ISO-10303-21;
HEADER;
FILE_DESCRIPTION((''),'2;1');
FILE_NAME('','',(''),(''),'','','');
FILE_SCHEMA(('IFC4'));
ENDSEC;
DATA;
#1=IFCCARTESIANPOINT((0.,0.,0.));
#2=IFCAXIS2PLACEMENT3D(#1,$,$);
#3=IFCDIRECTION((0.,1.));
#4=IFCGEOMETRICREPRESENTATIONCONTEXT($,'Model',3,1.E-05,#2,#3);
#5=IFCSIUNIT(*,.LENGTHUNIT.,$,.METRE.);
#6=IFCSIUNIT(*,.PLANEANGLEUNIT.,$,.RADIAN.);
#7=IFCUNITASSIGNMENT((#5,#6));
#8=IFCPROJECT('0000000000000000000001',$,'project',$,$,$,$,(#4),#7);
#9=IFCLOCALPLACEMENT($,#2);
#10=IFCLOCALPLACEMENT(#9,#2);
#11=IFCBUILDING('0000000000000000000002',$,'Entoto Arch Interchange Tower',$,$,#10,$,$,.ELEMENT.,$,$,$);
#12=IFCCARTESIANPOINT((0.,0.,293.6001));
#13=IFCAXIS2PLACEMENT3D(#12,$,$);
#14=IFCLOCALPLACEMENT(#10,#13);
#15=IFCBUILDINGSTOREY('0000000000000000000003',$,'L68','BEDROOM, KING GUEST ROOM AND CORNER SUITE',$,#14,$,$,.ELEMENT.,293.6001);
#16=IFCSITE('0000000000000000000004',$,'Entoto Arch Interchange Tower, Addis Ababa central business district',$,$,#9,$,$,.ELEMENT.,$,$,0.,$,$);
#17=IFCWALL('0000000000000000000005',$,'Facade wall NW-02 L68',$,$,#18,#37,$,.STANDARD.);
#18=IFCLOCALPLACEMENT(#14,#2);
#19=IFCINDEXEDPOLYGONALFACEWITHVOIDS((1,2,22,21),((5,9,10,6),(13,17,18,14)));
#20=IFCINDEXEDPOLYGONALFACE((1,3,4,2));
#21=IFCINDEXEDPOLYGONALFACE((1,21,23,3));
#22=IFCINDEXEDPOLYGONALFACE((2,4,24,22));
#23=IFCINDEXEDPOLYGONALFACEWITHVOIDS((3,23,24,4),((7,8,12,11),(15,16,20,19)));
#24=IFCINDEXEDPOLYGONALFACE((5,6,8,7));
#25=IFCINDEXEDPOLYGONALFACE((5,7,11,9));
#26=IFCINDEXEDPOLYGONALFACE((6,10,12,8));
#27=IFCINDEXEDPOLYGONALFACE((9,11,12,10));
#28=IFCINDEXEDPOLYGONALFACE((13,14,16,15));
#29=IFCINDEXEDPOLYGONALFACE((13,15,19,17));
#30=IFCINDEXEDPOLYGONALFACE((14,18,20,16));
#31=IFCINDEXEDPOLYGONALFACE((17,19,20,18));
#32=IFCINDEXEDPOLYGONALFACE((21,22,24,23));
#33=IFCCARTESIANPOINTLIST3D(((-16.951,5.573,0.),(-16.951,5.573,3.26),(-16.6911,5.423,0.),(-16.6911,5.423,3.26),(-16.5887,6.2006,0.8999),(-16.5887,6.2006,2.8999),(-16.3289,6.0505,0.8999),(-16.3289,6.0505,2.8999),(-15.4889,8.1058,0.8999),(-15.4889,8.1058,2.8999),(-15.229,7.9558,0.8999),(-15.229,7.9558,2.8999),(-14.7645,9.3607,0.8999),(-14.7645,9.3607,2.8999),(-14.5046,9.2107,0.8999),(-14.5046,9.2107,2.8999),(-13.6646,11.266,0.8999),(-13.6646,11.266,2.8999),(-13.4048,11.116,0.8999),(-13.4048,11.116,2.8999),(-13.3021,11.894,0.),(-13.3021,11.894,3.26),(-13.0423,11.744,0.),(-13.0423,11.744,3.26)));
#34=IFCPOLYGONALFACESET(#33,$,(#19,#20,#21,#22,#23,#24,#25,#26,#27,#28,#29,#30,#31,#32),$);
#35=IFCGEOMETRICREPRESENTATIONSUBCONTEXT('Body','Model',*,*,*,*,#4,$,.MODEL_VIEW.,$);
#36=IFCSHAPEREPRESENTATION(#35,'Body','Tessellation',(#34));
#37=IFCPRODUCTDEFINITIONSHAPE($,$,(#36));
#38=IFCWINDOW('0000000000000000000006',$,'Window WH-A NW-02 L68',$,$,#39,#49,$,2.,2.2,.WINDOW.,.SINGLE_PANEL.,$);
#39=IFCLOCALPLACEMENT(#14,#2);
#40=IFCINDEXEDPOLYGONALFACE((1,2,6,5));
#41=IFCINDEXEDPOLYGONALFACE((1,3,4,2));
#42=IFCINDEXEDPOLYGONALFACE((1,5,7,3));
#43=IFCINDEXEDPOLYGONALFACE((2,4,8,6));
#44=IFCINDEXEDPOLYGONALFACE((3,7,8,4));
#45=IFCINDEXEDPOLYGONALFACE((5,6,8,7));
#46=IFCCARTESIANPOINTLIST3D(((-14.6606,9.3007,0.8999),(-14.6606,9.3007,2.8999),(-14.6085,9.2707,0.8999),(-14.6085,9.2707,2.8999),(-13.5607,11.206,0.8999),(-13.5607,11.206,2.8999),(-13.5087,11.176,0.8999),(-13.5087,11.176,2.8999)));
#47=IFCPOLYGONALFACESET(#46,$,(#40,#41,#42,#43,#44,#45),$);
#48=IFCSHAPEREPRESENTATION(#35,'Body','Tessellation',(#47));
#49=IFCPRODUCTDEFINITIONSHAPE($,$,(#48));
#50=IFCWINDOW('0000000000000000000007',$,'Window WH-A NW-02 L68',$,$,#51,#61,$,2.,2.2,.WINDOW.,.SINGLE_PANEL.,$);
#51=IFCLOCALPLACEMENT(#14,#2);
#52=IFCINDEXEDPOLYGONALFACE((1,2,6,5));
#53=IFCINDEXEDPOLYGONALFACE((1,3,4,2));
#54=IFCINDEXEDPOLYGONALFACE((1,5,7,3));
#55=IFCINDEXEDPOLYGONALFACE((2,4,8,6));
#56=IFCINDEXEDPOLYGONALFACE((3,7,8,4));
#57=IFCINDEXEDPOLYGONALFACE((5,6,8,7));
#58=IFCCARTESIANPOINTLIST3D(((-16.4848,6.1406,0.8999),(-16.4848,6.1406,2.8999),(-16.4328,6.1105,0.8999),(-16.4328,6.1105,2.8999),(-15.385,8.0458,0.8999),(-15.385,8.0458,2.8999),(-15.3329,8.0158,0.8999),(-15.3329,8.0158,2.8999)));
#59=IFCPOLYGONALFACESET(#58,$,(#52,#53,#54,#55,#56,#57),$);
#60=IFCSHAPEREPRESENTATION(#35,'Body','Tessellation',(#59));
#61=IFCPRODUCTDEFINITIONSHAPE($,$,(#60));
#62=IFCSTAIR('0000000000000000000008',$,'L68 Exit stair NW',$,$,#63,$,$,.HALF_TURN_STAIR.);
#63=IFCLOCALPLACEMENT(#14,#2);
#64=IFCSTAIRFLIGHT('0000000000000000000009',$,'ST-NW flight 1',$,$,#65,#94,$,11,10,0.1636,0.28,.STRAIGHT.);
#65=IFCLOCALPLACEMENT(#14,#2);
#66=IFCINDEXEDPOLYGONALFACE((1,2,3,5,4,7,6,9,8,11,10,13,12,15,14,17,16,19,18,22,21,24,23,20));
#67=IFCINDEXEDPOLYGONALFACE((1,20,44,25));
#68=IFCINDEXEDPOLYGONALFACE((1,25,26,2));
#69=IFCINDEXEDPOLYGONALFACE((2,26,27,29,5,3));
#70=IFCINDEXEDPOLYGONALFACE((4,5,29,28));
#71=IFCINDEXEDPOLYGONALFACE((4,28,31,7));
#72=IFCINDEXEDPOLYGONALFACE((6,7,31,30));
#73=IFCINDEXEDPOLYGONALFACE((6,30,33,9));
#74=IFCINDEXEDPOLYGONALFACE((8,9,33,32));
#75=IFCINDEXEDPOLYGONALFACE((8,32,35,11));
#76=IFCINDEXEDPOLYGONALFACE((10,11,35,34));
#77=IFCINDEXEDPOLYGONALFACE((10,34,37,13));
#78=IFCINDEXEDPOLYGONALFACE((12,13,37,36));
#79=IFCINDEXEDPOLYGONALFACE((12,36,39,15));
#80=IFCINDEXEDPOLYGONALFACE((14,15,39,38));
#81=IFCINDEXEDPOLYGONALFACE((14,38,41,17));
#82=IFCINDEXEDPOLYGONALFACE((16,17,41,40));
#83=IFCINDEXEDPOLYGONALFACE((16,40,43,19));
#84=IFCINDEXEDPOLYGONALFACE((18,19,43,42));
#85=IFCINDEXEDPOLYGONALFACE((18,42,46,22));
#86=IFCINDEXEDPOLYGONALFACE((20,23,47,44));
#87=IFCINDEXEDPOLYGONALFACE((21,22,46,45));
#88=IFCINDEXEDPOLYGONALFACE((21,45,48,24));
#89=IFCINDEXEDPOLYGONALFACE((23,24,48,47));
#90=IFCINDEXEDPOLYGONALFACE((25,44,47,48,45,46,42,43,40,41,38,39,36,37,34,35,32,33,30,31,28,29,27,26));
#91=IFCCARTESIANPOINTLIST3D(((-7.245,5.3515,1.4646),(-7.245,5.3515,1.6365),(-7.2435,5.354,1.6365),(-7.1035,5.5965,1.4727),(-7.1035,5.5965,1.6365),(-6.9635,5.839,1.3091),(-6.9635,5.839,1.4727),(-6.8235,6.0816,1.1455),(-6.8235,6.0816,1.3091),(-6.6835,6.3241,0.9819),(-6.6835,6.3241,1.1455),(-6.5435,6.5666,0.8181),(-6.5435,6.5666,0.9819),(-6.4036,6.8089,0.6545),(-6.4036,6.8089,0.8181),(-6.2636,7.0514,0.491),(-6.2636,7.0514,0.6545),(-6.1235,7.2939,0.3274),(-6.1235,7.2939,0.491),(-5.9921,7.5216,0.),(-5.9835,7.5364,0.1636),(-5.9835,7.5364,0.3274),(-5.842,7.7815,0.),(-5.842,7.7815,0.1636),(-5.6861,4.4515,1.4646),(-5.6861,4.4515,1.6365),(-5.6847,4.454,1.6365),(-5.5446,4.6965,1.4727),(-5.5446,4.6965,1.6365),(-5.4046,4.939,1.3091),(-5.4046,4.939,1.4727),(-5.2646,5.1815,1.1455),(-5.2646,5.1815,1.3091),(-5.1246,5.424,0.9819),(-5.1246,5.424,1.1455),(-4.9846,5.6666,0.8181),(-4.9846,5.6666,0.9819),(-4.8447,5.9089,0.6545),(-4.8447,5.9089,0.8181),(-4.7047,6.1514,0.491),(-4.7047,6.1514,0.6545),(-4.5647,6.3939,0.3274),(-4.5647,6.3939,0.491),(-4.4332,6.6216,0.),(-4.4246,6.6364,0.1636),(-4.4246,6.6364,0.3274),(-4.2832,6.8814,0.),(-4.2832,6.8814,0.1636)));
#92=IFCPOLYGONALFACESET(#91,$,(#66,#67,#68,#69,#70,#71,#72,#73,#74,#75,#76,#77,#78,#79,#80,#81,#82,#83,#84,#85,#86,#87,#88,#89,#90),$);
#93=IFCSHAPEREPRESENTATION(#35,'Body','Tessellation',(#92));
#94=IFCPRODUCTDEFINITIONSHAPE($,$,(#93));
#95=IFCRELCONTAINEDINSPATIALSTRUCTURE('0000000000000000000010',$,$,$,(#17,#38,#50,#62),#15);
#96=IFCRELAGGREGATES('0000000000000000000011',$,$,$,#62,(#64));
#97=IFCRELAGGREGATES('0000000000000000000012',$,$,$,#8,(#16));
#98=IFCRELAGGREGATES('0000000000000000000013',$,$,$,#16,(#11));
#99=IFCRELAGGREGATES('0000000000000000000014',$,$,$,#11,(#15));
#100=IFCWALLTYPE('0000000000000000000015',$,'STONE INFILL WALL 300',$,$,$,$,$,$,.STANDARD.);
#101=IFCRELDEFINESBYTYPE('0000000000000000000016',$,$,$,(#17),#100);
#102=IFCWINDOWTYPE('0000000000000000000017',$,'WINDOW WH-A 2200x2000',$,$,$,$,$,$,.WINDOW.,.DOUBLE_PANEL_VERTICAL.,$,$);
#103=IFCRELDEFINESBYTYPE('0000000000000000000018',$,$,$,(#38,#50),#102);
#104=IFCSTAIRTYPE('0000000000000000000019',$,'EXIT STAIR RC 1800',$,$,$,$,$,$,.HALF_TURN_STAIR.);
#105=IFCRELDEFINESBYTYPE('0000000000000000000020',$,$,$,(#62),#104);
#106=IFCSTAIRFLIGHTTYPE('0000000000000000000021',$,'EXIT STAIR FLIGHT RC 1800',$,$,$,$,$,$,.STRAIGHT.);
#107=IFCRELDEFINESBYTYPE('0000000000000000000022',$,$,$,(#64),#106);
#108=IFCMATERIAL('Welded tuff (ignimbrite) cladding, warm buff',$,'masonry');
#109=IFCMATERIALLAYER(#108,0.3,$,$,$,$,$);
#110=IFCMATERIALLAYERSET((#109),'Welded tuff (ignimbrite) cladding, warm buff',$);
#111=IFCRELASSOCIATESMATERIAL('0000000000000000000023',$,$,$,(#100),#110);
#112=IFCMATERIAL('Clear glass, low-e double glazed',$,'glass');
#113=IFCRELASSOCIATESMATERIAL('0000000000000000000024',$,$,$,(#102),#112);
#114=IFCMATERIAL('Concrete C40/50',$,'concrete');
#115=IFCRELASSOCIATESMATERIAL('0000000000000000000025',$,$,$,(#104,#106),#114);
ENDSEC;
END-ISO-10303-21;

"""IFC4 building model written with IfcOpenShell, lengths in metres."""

from ifc_helpers import new_model, si_unit, direction, frame, frame_2d, origin, place, context, subcontext, project, spatial, polyline, rectangle, outline, extrude, material, layer, layer_set, type_object, element, fill, aggregate, save


model = new_model("IFC4")

# Units and contexts
model_context = context("Model", 3, precision=1e-05, world=origin(), true_north=direction((0.0, 1.0)))
body_context = subcontext(model_context, "Body", "Model", "MODEL_VIEW")
ifc_project = project(units=[si_unit("LENGTHUNIT", "METRE"), si_unit("PLANEANGLEUNIT", "RADIAN")], contexts=[model_context])

# Site, building, storey
site_placement = place(None, origin())
site = spatial("IfcSite", under=ifc_project, at=site_placement, Name="Entoto Arch Interchange Tower, Addis Ababa central business district", CompositionType="ELEMENT", RefElevation=0.0)
building_placement = place(site_placement, origin())
building = spatial("IfcBuilding", under=site, at=building_placement, Name="Entoto Arch Interchange Tower", CompositionType="ELEMENT")
storey_placement = place(building_placement, frame((0.0, 0.0, 293.6001)))
storey = spatial("IfcBuildingStorey", under=building, at=storey_placement, Name="L68", Description="BEDROOM, KING GUEST ROOM AND CORNER SUITE", CompositionType="ELEMENT", Elevation=293.6001)

# Shared definitions
ifc_material_1 = material(Name="Concrete C40/50", Category="concrete")

# Wall, openings, windows
ifc_material_2 = material(Name="Welded tuff (ignimbrite) cladding, warm buff", Category="masonry")
ifc_layer_1 = layer(ifc_material_2, 0.3)
ifc_layer_set_1 = layer_set([ifc_layer_1], Name="Welded tuff (ignimbrite) cladding, warm buff")
wall_type_1 = type_object("IfcWallType", Name="STONE INFILL WALL 300", PredefinedType="STANDARD", material=ifc_layer_set_1)
wall_1_placement = place(storey_placement, frame((-13.1721, 11.8191, 0.0), z_axis=(0.0, 0.0, 1.0), x_axis=(-0.499945, -0.866057, 0.0)))
wall_1 = element("IfcWall", 1, at=wall_1_placement, inside=storey, type_object=wall_type_1, Name="Facade wall NW-02 L68", PredefinedType="STANDARD", context=body_context, shape_type="SweptSolid", body=[
    extrude(rectangle(XDim=7.2986, YDim=0.3, at=frame_2d((3.6494, 0.0))), origin(), (0.0, 0.0, 1.0), 3.26),
])
opening_1_placement = place(wall_1_placement, frame((0.7251, 0.0, 0.8999)))
opening_1 = element("IfcOpeningElement", 2, at=opening_1_placement, cuts=wall_1, PredefinedType="OPENING", context=body_context, shape_type="SweptSolid", body=[
    extrude(rectangle(XDim=2.2, YDim=2.0, at=frame_2d((1.1001, 1.0))), frame((0.0, 0.1602, 0.0), z_axis=(0.0, -1.0, 0.0), x_axis=(1.0, 0.0, 0.0)), (0.0, 0.0, 1.0), 0.3201),
])
opening_2_placement = place(wall_1_placement, frame((4.374, 0.0, 0.8999)))
opening_2 = element("IfcOpeningElement", 3, at=opening_2_placement, cuts=wall_1, PredefinedType="OPENING", context=body_context, shape_type="SweptSolid", body=[
    extrude(rectangle(XDim=2.2, YDim=2.0, at=frame_2d((1.1001, 1.0))), frame((0.0, 0.1602, 0.0), z_axis=(0.0, -1.0, 0.0), x_axis=(1.0, 0.0, 0.0)), (0.0, 0.0, 1.0), 0.3201),
])
ifc_material_3 = material(Name="Clear glass, low-e double glazed", Category="glass")
window_type = type_object("IfcWindowType", Name="WINDOW WH-A 2200x2000", PartitioningType="DOUBLE_PANEL_VERTICAL", PredefinedType="WINDOW", material=ifc_material_3)
window_1_placement = place(opening_1_placement, origin())
window_1 = element("IfcWindow", 4, at=window_1_placement, inside=storey, type_object=window_type, Name="Window WH-A NW-02 L68", OverallHeight=2.0, OverallWidth=2.2, PartitioningType="SINGLE_PANEL", PredefinedType="WINDOW", context=body_context, shape_type="SweptSolid", body=[
    extrude(rectangle(XDim=2.2, YDim=2.0, at=frame_2d((1.1001, 1.0))), frame((0.0, 0.03, 0.0), z_axis=(0.0, -1.0, 0.0), x_axis=(1.0, 0.0, 0.0)), (0.0, 0.0, 1.0), 0.0601),
])
fill(opening_1, window_1)
window_2_placement = place(opening_2_placement, origin())
window_2 = element("IfcWindow", 5, at=window_2_placement, inside=storey, type_object=window_type, Name="Window WH-A NW-02 L68", OverallHeight=2.0, OverallWidth=2.2, PartitioningType="SINGLE_PANEL", PredefinedType="WINDOW", context=body_context, shape_type="SweptSolid", body=[
    extrude(rectangle(XDim=2.2, YDim=2.0, at=frame_2d((1.1001, 1.0))), frame((0.0, 0.03, 0.0), z_axis=(0.0, -1.0, 0.0), x_axis=(1.0, 0.0, 0.0)), (0.0, 0.0, 1.0), 0.0601),
])
fill(opening_2, window_2)

# Stair, stair flight
stair_type = type_object("IfcStairType", Name="EXIT STAIR RC 1800", PredefinedType="HALF_TURN_STAIR", material=ifc_material_1)
stair_placement = place(storey_placement, origin())
stair = element("IfcStair", 6, at=stair_placement, inside=storey, type_object=stair_type, Name="L68 Exit stair NW", PredefinedType="HALF_TURN_STAIR")
stair_flight_type = type_object("IfcStairFlightType", Name="EXIT STAIR FLIGHT RC 1800", PredefinedType="STRAIGHT", material=ifc_material_1)
stair_flight_placement = place(storey_placement, frame((-5.064, 7.3289, 0.0), z_axis=(0.0, 0.0, 1.0), x_axis=(-0.5, -0.866025, 0.0)))
stair_flight = element("IfcStairFlight", 7, at=stair_flight_placement, type_object=stair_flight_type, Name="ST-NW flight 1", NumberOfRisers=11, NumberOfTreads=10, PredefinedType="STRAIGHT", RiserHeight=0.1636, TreadLength=0.28, context=body_context, shape_type="SweptSolid", body=[
    extrude(outline(polyline([(-0.0029, 0.0), (-0.0029, 0.1636), (0.28, 0.1636), (0.28, 0.3274), (0.5601, 0.3274), (0.5601, 0.491), (0.8401, 0.491), (0.8401, 0.6545), (1.1201, 0.6545), (1.1201, 0.8181), (1.3999, 0.8181), (1.3999, 0.9819), (1.6799, 0.9819), (1.6799, 1.1455), (1.96, 1.1455), (1.96, 1.3091), (2.24, 1.3091), (2.24, 1.4727), (2.52, 1.4727), (2.52, 1.6365), (2.8, 1.6365), (2.803, 1.6365), (2.803, 1.4646), (0.2971, 0.0), (-0.0029, 0.0)])), frame((0.0, 0.8999, 0.0), z_axis=(0.0, -1.0, 0.0), x_axis=(1.0, 0.0, 0.0)), (0.0, 0.0, 1.0), 1.8),
])
aggregate(stair, [stair_flight])

save(model, "model.ifc")
